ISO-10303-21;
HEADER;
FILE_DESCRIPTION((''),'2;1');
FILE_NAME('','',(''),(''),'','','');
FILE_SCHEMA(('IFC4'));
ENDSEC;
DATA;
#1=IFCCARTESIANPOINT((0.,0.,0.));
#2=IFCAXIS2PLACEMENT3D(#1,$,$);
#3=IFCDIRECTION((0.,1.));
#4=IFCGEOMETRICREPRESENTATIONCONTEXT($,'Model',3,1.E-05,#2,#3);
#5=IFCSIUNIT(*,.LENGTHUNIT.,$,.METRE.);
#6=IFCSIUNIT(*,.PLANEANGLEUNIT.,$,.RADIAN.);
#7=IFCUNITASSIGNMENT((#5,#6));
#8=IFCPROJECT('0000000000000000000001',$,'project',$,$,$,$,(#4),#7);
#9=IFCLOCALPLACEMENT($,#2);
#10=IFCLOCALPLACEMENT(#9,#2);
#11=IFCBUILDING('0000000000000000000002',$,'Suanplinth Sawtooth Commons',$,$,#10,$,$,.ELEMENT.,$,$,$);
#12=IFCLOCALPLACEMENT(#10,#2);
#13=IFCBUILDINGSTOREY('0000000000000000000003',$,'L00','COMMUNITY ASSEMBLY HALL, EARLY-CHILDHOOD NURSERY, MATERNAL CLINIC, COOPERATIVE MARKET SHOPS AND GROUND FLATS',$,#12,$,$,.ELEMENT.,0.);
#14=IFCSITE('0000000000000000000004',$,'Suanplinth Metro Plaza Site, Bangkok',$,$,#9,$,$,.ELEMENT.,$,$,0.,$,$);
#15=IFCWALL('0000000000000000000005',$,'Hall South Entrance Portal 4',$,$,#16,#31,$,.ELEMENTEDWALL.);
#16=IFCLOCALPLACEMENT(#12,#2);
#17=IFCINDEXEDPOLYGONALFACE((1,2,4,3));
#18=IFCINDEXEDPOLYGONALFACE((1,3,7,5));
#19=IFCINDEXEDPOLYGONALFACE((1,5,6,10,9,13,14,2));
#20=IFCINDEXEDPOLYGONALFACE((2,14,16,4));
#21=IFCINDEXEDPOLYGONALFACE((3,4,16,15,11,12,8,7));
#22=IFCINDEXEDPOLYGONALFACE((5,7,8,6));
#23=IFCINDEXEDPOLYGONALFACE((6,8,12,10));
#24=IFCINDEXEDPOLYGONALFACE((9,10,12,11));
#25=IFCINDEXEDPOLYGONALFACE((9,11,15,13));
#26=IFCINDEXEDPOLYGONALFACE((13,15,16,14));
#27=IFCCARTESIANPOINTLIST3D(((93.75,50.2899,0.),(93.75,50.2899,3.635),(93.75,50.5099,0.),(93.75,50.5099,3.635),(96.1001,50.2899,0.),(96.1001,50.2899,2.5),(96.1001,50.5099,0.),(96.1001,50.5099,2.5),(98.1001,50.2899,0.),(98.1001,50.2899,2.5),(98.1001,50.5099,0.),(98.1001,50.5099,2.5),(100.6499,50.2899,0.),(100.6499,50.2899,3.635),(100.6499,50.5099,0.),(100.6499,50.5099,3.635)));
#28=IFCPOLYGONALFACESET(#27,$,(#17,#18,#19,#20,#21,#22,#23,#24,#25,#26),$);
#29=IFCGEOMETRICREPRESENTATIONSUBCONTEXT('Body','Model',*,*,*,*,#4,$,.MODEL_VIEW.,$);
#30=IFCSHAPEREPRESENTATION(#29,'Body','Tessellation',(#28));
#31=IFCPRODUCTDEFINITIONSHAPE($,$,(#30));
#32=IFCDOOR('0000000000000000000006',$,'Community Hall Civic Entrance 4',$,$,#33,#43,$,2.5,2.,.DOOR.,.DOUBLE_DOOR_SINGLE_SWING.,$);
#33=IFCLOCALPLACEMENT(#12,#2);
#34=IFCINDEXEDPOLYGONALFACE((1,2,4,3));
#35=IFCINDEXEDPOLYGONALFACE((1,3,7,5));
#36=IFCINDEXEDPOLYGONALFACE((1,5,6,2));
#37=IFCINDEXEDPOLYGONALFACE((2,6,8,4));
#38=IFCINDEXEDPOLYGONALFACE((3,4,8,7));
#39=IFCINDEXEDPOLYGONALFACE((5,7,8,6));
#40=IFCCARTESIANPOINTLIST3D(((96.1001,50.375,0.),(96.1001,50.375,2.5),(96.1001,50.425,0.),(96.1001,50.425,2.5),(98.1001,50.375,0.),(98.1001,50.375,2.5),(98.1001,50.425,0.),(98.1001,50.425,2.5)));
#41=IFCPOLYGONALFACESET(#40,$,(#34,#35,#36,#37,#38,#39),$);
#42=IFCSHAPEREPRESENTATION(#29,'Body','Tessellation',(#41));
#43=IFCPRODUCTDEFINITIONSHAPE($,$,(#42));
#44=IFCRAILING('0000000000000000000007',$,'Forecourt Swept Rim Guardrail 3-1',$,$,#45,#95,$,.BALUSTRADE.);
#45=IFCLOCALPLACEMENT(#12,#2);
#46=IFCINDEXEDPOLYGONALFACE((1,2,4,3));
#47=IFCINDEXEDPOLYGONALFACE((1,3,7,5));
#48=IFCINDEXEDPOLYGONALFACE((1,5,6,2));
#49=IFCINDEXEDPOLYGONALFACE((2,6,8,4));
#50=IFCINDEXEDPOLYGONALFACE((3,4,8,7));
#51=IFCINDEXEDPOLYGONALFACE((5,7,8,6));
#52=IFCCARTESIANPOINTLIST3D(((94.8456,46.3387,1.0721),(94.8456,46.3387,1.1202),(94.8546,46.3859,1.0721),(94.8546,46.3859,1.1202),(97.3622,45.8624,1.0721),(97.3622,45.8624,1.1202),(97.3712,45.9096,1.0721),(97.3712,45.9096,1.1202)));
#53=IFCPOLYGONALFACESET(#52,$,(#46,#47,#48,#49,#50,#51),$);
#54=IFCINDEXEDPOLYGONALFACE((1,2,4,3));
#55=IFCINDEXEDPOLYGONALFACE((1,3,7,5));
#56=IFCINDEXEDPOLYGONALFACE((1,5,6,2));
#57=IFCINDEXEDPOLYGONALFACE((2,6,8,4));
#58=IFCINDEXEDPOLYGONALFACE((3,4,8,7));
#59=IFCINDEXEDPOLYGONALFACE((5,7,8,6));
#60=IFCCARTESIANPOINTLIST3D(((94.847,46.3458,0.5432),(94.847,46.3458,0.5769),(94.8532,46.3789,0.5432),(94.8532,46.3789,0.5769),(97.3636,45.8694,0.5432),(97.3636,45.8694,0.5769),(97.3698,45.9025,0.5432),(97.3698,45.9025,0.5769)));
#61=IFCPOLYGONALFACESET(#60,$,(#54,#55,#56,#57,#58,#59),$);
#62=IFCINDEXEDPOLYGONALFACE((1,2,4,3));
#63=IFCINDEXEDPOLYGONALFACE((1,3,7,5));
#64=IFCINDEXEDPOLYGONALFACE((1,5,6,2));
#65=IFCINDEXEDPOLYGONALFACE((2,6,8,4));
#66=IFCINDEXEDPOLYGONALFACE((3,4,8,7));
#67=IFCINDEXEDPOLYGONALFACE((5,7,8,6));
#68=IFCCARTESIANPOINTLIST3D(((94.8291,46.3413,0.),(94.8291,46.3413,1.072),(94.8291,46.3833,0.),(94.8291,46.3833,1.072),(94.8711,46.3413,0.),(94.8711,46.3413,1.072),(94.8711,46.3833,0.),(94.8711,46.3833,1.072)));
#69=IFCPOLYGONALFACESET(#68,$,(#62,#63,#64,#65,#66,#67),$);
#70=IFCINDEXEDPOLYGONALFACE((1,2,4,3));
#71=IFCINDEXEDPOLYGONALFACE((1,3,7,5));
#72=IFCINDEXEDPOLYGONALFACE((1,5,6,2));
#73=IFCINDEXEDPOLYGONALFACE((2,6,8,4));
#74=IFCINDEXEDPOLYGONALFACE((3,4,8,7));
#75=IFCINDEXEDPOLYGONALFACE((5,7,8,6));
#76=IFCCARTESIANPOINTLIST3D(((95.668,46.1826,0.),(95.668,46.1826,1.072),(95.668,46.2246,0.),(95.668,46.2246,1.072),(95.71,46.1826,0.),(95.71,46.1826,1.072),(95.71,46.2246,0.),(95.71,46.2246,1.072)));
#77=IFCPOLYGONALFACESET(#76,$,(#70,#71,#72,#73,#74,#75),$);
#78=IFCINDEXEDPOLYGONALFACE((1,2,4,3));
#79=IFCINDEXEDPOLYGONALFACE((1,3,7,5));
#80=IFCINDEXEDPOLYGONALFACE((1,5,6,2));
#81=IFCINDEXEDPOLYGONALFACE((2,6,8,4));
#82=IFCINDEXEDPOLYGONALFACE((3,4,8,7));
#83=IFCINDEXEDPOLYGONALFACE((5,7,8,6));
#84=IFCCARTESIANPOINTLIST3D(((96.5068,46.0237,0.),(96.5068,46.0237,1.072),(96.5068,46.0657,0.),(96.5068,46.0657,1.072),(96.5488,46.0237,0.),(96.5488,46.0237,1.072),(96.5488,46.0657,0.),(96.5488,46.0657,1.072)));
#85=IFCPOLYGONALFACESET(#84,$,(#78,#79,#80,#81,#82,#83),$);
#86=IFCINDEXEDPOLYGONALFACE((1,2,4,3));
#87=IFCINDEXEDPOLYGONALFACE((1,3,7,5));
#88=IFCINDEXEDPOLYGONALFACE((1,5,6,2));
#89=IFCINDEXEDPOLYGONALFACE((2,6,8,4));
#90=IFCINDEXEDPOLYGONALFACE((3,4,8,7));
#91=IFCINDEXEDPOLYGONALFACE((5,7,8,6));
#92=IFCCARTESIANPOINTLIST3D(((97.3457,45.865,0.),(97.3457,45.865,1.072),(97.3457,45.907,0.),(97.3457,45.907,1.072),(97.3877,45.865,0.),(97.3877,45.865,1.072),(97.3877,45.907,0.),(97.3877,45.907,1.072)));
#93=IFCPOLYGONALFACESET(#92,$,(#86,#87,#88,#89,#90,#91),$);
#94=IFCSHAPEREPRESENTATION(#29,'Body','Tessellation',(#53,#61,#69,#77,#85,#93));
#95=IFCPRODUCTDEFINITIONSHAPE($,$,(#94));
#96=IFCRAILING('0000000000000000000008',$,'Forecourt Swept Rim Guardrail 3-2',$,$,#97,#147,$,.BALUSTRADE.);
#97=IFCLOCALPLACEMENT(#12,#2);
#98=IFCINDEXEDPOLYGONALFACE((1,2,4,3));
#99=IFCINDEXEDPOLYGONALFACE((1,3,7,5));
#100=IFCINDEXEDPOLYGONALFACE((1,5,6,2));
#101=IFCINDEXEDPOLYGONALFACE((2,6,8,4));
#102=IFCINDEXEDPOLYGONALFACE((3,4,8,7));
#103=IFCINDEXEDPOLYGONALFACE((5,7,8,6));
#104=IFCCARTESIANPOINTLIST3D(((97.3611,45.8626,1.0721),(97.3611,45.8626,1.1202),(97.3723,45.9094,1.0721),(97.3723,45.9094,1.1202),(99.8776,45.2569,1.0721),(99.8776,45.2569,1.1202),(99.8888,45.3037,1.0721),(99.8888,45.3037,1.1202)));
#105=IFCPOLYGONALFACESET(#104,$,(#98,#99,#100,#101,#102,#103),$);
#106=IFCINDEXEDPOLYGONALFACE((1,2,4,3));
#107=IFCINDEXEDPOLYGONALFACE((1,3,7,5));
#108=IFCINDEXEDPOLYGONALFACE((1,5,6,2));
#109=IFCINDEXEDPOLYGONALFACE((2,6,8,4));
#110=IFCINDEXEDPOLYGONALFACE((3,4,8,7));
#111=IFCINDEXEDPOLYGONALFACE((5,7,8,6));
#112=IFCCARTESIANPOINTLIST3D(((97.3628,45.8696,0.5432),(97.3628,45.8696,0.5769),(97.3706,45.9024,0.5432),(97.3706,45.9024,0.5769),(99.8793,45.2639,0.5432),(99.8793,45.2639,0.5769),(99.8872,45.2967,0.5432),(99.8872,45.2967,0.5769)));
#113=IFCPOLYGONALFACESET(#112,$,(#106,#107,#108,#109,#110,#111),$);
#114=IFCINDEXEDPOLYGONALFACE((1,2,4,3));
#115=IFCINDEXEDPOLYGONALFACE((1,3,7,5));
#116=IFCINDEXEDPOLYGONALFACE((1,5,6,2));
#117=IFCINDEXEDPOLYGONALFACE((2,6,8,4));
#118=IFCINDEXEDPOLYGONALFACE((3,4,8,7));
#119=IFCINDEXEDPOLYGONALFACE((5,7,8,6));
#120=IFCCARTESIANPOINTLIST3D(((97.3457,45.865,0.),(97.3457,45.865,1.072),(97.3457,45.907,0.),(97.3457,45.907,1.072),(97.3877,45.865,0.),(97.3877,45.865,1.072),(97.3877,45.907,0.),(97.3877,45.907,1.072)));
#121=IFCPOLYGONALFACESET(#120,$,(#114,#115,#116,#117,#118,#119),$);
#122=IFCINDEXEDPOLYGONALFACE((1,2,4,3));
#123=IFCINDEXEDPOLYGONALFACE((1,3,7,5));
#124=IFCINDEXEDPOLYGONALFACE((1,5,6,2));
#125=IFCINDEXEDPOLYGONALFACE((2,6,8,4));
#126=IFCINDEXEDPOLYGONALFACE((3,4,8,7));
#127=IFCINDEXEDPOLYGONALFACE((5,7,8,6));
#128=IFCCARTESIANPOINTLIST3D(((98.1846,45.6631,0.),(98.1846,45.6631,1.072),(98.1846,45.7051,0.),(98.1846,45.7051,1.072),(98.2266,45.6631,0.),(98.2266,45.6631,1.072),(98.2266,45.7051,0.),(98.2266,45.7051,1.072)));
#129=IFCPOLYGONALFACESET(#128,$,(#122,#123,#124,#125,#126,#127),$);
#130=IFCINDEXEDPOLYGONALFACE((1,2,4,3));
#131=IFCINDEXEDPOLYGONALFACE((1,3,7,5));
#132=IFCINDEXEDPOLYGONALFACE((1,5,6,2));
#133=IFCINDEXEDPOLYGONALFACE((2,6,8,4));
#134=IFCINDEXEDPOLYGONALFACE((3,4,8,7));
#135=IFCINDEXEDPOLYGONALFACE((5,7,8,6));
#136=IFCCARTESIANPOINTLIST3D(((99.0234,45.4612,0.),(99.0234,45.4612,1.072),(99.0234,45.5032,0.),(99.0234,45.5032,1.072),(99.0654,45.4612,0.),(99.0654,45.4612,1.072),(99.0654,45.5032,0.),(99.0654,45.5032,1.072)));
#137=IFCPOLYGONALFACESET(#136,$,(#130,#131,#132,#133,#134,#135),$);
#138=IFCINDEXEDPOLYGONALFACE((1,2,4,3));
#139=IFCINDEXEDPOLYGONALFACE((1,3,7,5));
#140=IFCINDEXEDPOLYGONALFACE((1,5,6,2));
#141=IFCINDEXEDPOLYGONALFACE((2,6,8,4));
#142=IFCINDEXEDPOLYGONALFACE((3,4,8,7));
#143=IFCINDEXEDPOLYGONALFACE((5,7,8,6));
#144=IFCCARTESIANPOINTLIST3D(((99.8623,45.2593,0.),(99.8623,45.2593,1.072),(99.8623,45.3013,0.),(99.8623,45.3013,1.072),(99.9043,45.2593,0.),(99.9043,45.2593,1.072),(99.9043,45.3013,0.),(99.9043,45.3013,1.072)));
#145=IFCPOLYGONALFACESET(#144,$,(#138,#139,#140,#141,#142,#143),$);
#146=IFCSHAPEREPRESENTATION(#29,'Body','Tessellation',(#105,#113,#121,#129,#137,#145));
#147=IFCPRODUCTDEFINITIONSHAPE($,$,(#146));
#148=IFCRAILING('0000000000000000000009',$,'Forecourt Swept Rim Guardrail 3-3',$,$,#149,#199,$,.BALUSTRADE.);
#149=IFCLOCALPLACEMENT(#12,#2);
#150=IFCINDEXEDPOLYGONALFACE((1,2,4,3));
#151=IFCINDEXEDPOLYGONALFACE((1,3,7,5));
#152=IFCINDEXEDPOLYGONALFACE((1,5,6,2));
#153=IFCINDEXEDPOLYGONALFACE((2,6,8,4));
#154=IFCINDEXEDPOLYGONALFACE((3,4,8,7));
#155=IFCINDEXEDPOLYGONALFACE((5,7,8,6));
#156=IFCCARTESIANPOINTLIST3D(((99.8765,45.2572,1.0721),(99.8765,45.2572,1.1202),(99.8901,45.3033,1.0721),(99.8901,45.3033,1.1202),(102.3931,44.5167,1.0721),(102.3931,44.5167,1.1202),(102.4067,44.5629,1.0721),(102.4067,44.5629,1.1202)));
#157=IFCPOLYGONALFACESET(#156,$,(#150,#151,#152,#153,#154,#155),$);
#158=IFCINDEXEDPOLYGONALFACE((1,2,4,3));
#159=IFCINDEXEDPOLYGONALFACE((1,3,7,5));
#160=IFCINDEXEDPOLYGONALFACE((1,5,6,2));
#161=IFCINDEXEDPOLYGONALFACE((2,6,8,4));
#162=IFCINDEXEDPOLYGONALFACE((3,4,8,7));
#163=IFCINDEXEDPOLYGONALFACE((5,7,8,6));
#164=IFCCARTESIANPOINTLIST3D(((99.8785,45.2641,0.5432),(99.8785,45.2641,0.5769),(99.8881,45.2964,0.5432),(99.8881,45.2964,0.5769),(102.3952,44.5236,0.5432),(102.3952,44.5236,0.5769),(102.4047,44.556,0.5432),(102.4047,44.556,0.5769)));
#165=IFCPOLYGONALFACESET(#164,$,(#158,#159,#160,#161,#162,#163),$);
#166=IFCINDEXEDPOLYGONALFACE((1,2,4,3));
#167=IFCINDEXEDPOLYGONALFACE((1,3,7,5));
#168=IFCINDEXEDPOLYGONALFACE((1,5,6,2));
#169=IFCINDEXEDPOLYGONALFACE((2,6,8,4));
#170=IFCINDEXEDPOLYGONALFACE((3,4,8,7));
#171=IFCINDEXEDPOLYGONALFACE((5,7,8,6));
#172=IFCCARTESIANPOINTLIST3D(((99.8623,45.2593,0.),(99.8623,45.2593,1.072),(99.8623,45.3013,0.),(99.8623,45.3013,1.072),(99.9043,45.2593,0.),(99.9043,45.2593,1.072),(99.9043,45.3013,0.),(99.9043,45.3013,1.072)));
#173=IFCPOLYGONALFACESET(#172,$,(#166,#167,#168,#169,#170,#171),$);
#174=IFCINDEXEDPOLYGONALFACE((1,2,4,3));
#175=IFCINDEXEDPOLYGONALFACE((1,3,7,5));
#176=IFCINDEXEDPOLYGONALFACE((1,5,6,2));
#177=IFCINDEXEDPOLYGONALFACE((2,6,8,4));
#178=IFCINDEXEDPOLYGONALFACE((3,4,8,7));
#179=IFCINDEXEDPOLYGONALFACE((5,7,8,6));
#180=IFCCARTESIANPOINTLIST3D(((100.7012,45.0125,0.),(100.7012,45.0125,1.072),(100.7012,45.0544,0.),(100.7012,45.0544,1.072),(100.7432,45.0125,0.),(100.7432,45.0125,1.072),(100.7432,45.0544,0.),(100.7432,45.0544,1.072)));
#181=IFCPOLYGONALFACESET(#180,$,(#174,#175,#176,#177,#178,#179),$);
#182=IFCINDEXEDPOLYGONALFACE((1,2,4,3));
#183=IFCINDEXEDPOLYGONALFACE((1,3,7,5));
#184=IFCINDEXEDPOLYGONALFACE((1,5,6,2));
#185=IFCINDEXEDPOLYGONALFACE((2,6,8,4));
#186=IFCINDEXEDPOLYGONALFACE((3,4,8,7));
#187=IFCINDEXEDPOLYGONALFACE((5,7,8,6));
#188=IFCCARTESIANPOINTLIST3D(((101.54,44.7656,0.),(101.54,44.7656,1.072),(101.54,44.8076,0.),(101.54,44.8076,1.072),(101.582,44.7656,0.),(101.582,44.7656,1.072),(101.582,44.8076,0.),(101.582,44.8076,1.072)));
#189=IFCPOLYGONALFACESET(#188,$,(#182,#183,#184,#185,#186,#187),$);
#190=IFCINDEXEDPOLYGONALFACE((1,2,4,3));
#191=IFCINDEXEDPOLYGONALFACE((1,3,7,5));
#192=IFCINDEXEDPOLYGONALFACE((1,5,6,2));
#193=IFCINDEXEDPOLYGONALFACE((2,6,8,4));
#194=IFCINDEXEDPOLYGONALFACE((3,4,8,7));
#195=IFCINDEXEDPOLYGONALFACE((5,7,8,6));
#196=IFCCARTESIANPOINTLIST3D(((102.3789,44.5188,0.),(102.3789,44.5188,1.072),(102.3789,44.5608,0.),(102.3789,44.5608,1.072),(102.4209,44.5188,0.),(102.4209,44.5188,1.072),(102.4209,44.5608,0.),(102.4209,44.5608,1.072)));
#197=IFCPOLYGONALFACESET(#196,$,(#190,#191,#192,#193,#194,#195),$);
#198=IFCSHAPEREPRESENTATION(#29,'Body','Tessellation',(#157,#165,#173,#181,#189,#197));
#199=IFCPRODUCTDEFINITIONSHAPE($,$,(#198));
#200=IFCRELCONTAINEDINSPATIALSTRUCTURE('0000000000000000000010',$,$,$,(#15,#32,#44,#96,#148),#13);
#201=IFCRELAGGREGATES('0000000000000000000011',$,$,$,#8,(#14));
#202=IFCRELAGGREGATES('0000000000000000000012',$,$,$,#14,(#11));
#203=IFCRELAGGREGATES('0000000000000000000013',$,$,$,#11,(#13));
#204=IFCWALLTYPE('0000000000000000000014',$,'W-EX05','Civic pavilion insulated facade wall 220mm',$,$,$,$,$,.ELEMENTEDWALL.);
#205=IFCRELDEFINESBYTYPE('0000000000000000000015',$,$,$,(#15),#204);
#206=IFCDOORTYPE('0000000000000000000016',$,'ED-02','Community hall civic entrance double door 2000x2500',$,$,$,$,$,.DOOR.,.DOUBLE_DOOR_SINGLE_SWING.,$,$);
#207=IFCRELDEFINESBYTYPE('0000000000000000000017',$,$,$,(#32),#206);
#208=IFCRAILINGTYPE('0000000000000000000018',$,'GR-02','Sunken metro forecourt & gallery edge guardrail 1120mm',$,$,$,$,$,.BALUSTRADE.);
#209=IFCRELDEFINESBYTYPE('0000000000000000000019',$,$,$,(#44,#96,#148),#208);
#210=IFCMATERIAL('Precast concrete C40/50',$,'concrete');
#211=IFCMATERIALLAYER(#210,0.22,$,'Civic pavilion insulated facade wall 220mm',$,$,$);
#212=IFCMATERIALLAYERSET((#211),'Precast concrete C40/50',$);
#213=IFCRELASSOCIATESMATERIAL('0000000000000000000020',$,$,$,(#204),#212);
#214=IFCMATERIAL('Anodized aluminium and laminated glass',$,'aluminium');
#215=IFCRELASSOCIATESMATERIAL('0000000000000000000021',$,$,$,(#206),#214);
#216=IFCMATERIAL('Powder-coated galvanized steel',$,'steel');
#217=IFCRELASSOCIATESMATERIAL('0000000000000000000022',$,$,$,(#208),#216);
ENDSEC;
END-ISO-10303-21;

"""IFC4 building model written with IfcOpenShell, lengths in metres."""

from ifc_helpers import new_model, si_unit, direction, frame, frame_2d, origin, origin_2d, place, context, subcontext, project, spatial, rectangle, extrude, material, layer, layer_set, type_object, element, fill, save


model = new_model("IFC4")

# Units and contexts
model_context = context("Model", 3, precision=1e-05, world=origin(), true_north=direction((0.0, 1.0)))
body_context = subcontext(model_context, "Body", "Model", "MODEL_VIEW")
ifc_project = project(units=[si_unit("LENGTHUNIT", "METRE"), si_unit("PLANEANGLEUNIT", "RADIAN")], contexts=[model_context])

# Site, building, storey
site_placement = place(None, origin())
site = spatial("IfcSite", under=ifc_project, at=site_placement, Name="Suanplinth Metro Plaza Site, Bangkok", CompositionType="ELEMENT", RefElevation=0.0)
building_placement = place(site_placement, origin())
building = spatial("IfcBuilding", under=site, at=building_placement, Name="Suanplinth Sawtooth Commons", CompositionType="ELEMENT")
storey_placement = place(building_placement, origin())
storey = spatial("IfcBuildingStorey", under=building, at=storey_placement, Name="L00", Description="COMMUNITY ASSEMBLY HALL, EARLY-CHILDHOOD NURSERY, MATERNAL CLINIC, COOPERATIVE MARKET SHOPS AND GROUND FLATS", CompositionType="ELEMENT", Elevation=0.0)

# Wall, opening, door
ifc_material_1 = material(Name="Precast concrete C40/50", Category="concrete")
ifc_layer_1 = layer(ifc_material_1, 0.22, Name="Civic pavilion insulated facade wall 220mm")
ifc_layer_set_1 = layer_set([ifc_layer_1], Name="Precast concrete C40/50")
wall_type = type_object("IfcWallType", Name="W-EX05", Description="Civic pavilion insulated facade wall 220mm", PredefinedType="ELEMENTEDWALL", material=ifc_layer_set_1)
wall_placement = place(storey_placement, frame((93.75, 50.3999, 0.0), z_axis=(0.0, 0.0, 1.0), x_axis=(1.0, 0.0, 0.0)))
wall = element("IfcWall", 1, at=wall_placement, inside=storey, type_object=wall_type, Name="Hall South Entrance Portal 4", PredefinedType="ELEMENTEDWALL", context=body_context, shape_type="SweptSolid", body=[
    extrude(rectangle(XDim=6.8999, YDim=0.22, at=frame_2d((3.45, 0.0))), origin(), (0.0, 0.0, 1.0), 3.635),
])
opening_placement = place(wall_placement, frame((2.3501, 0.0, 0.0)))
opening = element("IfcOpeningElement", 2, at=opening_placement, cuts=wall, PredefinedType="OPENING", context=body_context, shape_type="SweptSolid", body=[
    extrude(rectangle(XDim=2.0, YDim=2.5, at=frame_2d((1.0, 1.25))), frame((0.0, 0.125, 0.0), z_axis=(0.0, -1.0, 0.0), x_axis=(1.0, 0.0, 0.0)), (0.0, 0.0, 1.0), 0.2498),
])
ifc_material_2 = material(Name="Anodized aluminium and laminated glass", Category="aluminium")
door_type = type_object("IfcDoorType", Name="ED-02", Description="Community hall civic entrance double door 2000x2500", OperationType="DOUBLE_DOOR_SINGLE_SWING", PredefinedType="DOOR", material=ifc_material_2)
door_placement = place(opening_placement, frame((2.0, 0.0, 0.0), z_axis=(0.0, 0.0, 1.0), x_axis=(-1.0, 0.0, 0.0)))
door = element("IfcDoor", 3, at=door_placement, inside=storey, type_object=door_type, Name="Community Hall Civic Entrance 4", OperationType="DOUBLE_DOOR_SINGLE_SWING", OverallHeight=2.5, OverallWidth=2.0, PredefinedType="DOOR", context=body_context, shape_type="SweptSolid", body=[
    extrude(rectangle(XDim=2.0, YDim=2.5, at=frame_2d((1.0, 1.25))), frame((0.0, 0.0249, 0.0), z_axis=(0.0, -1.0, 0.0), x_axis=(1.0, 0.0, 0.0)), (0.0, 0.0, 1.0), 0.05),
])
fill(opening, door)

# Railings
ifc_material_3 = material(Name="Powder-coated galvanized steel", Category="steel")
railing_type = type_object("IfcRailingType", Name="GR-02", Description="Sunken metro forecourt & gallery edge guardrail 1120mm", PredefinedType="BALUSTRADE", material=ifc_material_3)
railing_1_placement = place(storey_placement, frame((94.8501, 46.3623, 0.0)))
element("IfcRailing", 4, at=railing_1_placement, inside=storey, type_object=railing_type, Name="Forecourt Swept Rim Guardrail 3-1", PredefinedType="BALUSTRADE", context=body_context, shape_type="SweptSolid", body=[
    extrude(rectangle(XDim=0.0481, YDim=0.0481, at=origin_2d()), frame((0.0, 0.0, 1.0962), z_axis=(0.982556, -0.185969, 0.0), x_axis=(0.185969, 0.982556, 0.0)), (0.0, 0.0, 1.0), 2.5613),
    extrude(rectangle(XDim=0.0337, YDim=0.0337, at=origin_2d()), frame((0.0, 0.0, 0.5601), z_axis=(0.982556, -0.185969, 0.0), x_axis=(0.185969, 0.982556, 0.0)), (0.0, 0.0, 1.0), 2.5613),
    extrude(rectangle(XDim=0.042, YDim=0.042, at=origin_2d()), origin(), (0.0, 0.0, 1.0), 1.072),
    extrude(rectangle(XDim=0.042, YDim=0.042, at=origin_2d()), frame((0.8389, -0.1587, 0.0)), (0.0, 0.0, 1.0), 1.072),
    extrude(rectangle(XDim=0.042, YDim=0.042, at=origin_2d()), frame((1.6777, -0.3176, 0.0)), (0.0, 0.0, 1.0), 1.072),
    extrude(rectangle(XDim=0.042, YDim=0.042, at=origin_2d()), frame((2.5166, -0.4763, 0.0)), (0.0, 0.0, 1.0), 1.072),
])
railing_2_placement = place(storey_placement, frame((97.3667, 45.886, 0.0)))
element("IfcRailing", 5, at=railing_2_placement, inside=storey, type_object=railing_type, Name="Forecourt Swept Rim Guardrail 3-2", PredefinedType="BALUSTRADE", context=body_context, shape_type="SweptSolid", body=[
    extrude(rectangle(XDim=0.0481, YDim=0.0481, at=origin_2d()), frame((0.0, 0.0, 1.0962), z_axis=(0.972236, -0.234004, 0.0), x_axis=(0.234004, 0.972236, 0.0)), (0.0, 0.0, 1.0), 2.5884),
    extrude(rectangle(XDim=0.0337, YDim=0.0337, at=origin_2d()), frame((0.0, 0.0, 0.5601), z_axis=(0.972236, -0.234004, 0.0), x_axis=(0.234004, 0.972236, 0.0)), (0.0, 0.0, 1.0), 2.5884),
    extrude(rectangle(XDim=0.042, YDim=0.042, at=origin_2d()), origin(), (0.0, 0.0, 1.0), 1.072),
    extrude(rectangle(XDim=0.042, YDim=0.042, at=origin_2d()), frame((0.8389, -0.2019, 0.0)), (0.0, 0.0, 1.0), 1.072),
    extrude(rectangle(XDim=0.042, YDim=0.042, at=origin_2d()), frame((1.6777, -0.4038, 0.0)), (0.0, 0.0, 1.0), 1.072),
    extrude(rectangle(XDim=0.042, YDim=0.042, at=origin_2d()), frame((2.5166, -0.6057, 0.0)), (0.0, 0.0, 1.0), 1.072),
])
railing_3_placement = place(storey_placement, frame((99.8833, 45.2803, 0.0)))
element("IfcRailing", 6, at=railing_3_placement, inside=storey, type_object=railing_type, Name="Forecourt Swept Rim Guardrail 3-3", PredefinedType="BALUSTRADE", context=body_context, shape_type="SweptSolid", body=[
    extrude(rectangle(XDim=0.0481, YDim=0.0481, at=origin_2d()), frame((0.0, 0.0, 1.0962), z_axis=(0.959334, -0.282272, 0.0), x_axis=(0.282272, 0.959334, 0.0)), (0.0, 0.0, 1.0), 2.6233),
    extrude(rectangle(XDim=0.0337, YDim=0.0337, at=origin_2d()), frame((0.0, 0.0, 0.5601), z_axis=(0.959334, -0.282272, 0.0), x_axis=(0.282272, 0.959334, 0.0)), (0.0, 0.0, 1.0), 2.6233),
    extrude(rectangle(XDim=0.042, YDim=0.042, at=origin_2d()), origin(), (0.0, 0.0, 1.0), 1.072),
    extrude(rectangle(XDim=0.042, YDim=0.042, at=origin_2d()), frame((0.8389, -0.2468, 0.0)), (0.0, 0.0, 1.0), 1.072),
    extrude(rectangle(XDim=0.042, YDim=0.042, at=origin_2d()), frame((1.6777, -0.4937, 0.0)), (0.0, 0.0, 1.0), 1.072),
    extrude(rectangle(XDim=0.042, YDim=0.042, at=origin_2d()), frame((2.5166, -0.7405, 0.0)), (0.0, 0.0, 1.0), 1.072),
])

save(model, "model.ifc")
